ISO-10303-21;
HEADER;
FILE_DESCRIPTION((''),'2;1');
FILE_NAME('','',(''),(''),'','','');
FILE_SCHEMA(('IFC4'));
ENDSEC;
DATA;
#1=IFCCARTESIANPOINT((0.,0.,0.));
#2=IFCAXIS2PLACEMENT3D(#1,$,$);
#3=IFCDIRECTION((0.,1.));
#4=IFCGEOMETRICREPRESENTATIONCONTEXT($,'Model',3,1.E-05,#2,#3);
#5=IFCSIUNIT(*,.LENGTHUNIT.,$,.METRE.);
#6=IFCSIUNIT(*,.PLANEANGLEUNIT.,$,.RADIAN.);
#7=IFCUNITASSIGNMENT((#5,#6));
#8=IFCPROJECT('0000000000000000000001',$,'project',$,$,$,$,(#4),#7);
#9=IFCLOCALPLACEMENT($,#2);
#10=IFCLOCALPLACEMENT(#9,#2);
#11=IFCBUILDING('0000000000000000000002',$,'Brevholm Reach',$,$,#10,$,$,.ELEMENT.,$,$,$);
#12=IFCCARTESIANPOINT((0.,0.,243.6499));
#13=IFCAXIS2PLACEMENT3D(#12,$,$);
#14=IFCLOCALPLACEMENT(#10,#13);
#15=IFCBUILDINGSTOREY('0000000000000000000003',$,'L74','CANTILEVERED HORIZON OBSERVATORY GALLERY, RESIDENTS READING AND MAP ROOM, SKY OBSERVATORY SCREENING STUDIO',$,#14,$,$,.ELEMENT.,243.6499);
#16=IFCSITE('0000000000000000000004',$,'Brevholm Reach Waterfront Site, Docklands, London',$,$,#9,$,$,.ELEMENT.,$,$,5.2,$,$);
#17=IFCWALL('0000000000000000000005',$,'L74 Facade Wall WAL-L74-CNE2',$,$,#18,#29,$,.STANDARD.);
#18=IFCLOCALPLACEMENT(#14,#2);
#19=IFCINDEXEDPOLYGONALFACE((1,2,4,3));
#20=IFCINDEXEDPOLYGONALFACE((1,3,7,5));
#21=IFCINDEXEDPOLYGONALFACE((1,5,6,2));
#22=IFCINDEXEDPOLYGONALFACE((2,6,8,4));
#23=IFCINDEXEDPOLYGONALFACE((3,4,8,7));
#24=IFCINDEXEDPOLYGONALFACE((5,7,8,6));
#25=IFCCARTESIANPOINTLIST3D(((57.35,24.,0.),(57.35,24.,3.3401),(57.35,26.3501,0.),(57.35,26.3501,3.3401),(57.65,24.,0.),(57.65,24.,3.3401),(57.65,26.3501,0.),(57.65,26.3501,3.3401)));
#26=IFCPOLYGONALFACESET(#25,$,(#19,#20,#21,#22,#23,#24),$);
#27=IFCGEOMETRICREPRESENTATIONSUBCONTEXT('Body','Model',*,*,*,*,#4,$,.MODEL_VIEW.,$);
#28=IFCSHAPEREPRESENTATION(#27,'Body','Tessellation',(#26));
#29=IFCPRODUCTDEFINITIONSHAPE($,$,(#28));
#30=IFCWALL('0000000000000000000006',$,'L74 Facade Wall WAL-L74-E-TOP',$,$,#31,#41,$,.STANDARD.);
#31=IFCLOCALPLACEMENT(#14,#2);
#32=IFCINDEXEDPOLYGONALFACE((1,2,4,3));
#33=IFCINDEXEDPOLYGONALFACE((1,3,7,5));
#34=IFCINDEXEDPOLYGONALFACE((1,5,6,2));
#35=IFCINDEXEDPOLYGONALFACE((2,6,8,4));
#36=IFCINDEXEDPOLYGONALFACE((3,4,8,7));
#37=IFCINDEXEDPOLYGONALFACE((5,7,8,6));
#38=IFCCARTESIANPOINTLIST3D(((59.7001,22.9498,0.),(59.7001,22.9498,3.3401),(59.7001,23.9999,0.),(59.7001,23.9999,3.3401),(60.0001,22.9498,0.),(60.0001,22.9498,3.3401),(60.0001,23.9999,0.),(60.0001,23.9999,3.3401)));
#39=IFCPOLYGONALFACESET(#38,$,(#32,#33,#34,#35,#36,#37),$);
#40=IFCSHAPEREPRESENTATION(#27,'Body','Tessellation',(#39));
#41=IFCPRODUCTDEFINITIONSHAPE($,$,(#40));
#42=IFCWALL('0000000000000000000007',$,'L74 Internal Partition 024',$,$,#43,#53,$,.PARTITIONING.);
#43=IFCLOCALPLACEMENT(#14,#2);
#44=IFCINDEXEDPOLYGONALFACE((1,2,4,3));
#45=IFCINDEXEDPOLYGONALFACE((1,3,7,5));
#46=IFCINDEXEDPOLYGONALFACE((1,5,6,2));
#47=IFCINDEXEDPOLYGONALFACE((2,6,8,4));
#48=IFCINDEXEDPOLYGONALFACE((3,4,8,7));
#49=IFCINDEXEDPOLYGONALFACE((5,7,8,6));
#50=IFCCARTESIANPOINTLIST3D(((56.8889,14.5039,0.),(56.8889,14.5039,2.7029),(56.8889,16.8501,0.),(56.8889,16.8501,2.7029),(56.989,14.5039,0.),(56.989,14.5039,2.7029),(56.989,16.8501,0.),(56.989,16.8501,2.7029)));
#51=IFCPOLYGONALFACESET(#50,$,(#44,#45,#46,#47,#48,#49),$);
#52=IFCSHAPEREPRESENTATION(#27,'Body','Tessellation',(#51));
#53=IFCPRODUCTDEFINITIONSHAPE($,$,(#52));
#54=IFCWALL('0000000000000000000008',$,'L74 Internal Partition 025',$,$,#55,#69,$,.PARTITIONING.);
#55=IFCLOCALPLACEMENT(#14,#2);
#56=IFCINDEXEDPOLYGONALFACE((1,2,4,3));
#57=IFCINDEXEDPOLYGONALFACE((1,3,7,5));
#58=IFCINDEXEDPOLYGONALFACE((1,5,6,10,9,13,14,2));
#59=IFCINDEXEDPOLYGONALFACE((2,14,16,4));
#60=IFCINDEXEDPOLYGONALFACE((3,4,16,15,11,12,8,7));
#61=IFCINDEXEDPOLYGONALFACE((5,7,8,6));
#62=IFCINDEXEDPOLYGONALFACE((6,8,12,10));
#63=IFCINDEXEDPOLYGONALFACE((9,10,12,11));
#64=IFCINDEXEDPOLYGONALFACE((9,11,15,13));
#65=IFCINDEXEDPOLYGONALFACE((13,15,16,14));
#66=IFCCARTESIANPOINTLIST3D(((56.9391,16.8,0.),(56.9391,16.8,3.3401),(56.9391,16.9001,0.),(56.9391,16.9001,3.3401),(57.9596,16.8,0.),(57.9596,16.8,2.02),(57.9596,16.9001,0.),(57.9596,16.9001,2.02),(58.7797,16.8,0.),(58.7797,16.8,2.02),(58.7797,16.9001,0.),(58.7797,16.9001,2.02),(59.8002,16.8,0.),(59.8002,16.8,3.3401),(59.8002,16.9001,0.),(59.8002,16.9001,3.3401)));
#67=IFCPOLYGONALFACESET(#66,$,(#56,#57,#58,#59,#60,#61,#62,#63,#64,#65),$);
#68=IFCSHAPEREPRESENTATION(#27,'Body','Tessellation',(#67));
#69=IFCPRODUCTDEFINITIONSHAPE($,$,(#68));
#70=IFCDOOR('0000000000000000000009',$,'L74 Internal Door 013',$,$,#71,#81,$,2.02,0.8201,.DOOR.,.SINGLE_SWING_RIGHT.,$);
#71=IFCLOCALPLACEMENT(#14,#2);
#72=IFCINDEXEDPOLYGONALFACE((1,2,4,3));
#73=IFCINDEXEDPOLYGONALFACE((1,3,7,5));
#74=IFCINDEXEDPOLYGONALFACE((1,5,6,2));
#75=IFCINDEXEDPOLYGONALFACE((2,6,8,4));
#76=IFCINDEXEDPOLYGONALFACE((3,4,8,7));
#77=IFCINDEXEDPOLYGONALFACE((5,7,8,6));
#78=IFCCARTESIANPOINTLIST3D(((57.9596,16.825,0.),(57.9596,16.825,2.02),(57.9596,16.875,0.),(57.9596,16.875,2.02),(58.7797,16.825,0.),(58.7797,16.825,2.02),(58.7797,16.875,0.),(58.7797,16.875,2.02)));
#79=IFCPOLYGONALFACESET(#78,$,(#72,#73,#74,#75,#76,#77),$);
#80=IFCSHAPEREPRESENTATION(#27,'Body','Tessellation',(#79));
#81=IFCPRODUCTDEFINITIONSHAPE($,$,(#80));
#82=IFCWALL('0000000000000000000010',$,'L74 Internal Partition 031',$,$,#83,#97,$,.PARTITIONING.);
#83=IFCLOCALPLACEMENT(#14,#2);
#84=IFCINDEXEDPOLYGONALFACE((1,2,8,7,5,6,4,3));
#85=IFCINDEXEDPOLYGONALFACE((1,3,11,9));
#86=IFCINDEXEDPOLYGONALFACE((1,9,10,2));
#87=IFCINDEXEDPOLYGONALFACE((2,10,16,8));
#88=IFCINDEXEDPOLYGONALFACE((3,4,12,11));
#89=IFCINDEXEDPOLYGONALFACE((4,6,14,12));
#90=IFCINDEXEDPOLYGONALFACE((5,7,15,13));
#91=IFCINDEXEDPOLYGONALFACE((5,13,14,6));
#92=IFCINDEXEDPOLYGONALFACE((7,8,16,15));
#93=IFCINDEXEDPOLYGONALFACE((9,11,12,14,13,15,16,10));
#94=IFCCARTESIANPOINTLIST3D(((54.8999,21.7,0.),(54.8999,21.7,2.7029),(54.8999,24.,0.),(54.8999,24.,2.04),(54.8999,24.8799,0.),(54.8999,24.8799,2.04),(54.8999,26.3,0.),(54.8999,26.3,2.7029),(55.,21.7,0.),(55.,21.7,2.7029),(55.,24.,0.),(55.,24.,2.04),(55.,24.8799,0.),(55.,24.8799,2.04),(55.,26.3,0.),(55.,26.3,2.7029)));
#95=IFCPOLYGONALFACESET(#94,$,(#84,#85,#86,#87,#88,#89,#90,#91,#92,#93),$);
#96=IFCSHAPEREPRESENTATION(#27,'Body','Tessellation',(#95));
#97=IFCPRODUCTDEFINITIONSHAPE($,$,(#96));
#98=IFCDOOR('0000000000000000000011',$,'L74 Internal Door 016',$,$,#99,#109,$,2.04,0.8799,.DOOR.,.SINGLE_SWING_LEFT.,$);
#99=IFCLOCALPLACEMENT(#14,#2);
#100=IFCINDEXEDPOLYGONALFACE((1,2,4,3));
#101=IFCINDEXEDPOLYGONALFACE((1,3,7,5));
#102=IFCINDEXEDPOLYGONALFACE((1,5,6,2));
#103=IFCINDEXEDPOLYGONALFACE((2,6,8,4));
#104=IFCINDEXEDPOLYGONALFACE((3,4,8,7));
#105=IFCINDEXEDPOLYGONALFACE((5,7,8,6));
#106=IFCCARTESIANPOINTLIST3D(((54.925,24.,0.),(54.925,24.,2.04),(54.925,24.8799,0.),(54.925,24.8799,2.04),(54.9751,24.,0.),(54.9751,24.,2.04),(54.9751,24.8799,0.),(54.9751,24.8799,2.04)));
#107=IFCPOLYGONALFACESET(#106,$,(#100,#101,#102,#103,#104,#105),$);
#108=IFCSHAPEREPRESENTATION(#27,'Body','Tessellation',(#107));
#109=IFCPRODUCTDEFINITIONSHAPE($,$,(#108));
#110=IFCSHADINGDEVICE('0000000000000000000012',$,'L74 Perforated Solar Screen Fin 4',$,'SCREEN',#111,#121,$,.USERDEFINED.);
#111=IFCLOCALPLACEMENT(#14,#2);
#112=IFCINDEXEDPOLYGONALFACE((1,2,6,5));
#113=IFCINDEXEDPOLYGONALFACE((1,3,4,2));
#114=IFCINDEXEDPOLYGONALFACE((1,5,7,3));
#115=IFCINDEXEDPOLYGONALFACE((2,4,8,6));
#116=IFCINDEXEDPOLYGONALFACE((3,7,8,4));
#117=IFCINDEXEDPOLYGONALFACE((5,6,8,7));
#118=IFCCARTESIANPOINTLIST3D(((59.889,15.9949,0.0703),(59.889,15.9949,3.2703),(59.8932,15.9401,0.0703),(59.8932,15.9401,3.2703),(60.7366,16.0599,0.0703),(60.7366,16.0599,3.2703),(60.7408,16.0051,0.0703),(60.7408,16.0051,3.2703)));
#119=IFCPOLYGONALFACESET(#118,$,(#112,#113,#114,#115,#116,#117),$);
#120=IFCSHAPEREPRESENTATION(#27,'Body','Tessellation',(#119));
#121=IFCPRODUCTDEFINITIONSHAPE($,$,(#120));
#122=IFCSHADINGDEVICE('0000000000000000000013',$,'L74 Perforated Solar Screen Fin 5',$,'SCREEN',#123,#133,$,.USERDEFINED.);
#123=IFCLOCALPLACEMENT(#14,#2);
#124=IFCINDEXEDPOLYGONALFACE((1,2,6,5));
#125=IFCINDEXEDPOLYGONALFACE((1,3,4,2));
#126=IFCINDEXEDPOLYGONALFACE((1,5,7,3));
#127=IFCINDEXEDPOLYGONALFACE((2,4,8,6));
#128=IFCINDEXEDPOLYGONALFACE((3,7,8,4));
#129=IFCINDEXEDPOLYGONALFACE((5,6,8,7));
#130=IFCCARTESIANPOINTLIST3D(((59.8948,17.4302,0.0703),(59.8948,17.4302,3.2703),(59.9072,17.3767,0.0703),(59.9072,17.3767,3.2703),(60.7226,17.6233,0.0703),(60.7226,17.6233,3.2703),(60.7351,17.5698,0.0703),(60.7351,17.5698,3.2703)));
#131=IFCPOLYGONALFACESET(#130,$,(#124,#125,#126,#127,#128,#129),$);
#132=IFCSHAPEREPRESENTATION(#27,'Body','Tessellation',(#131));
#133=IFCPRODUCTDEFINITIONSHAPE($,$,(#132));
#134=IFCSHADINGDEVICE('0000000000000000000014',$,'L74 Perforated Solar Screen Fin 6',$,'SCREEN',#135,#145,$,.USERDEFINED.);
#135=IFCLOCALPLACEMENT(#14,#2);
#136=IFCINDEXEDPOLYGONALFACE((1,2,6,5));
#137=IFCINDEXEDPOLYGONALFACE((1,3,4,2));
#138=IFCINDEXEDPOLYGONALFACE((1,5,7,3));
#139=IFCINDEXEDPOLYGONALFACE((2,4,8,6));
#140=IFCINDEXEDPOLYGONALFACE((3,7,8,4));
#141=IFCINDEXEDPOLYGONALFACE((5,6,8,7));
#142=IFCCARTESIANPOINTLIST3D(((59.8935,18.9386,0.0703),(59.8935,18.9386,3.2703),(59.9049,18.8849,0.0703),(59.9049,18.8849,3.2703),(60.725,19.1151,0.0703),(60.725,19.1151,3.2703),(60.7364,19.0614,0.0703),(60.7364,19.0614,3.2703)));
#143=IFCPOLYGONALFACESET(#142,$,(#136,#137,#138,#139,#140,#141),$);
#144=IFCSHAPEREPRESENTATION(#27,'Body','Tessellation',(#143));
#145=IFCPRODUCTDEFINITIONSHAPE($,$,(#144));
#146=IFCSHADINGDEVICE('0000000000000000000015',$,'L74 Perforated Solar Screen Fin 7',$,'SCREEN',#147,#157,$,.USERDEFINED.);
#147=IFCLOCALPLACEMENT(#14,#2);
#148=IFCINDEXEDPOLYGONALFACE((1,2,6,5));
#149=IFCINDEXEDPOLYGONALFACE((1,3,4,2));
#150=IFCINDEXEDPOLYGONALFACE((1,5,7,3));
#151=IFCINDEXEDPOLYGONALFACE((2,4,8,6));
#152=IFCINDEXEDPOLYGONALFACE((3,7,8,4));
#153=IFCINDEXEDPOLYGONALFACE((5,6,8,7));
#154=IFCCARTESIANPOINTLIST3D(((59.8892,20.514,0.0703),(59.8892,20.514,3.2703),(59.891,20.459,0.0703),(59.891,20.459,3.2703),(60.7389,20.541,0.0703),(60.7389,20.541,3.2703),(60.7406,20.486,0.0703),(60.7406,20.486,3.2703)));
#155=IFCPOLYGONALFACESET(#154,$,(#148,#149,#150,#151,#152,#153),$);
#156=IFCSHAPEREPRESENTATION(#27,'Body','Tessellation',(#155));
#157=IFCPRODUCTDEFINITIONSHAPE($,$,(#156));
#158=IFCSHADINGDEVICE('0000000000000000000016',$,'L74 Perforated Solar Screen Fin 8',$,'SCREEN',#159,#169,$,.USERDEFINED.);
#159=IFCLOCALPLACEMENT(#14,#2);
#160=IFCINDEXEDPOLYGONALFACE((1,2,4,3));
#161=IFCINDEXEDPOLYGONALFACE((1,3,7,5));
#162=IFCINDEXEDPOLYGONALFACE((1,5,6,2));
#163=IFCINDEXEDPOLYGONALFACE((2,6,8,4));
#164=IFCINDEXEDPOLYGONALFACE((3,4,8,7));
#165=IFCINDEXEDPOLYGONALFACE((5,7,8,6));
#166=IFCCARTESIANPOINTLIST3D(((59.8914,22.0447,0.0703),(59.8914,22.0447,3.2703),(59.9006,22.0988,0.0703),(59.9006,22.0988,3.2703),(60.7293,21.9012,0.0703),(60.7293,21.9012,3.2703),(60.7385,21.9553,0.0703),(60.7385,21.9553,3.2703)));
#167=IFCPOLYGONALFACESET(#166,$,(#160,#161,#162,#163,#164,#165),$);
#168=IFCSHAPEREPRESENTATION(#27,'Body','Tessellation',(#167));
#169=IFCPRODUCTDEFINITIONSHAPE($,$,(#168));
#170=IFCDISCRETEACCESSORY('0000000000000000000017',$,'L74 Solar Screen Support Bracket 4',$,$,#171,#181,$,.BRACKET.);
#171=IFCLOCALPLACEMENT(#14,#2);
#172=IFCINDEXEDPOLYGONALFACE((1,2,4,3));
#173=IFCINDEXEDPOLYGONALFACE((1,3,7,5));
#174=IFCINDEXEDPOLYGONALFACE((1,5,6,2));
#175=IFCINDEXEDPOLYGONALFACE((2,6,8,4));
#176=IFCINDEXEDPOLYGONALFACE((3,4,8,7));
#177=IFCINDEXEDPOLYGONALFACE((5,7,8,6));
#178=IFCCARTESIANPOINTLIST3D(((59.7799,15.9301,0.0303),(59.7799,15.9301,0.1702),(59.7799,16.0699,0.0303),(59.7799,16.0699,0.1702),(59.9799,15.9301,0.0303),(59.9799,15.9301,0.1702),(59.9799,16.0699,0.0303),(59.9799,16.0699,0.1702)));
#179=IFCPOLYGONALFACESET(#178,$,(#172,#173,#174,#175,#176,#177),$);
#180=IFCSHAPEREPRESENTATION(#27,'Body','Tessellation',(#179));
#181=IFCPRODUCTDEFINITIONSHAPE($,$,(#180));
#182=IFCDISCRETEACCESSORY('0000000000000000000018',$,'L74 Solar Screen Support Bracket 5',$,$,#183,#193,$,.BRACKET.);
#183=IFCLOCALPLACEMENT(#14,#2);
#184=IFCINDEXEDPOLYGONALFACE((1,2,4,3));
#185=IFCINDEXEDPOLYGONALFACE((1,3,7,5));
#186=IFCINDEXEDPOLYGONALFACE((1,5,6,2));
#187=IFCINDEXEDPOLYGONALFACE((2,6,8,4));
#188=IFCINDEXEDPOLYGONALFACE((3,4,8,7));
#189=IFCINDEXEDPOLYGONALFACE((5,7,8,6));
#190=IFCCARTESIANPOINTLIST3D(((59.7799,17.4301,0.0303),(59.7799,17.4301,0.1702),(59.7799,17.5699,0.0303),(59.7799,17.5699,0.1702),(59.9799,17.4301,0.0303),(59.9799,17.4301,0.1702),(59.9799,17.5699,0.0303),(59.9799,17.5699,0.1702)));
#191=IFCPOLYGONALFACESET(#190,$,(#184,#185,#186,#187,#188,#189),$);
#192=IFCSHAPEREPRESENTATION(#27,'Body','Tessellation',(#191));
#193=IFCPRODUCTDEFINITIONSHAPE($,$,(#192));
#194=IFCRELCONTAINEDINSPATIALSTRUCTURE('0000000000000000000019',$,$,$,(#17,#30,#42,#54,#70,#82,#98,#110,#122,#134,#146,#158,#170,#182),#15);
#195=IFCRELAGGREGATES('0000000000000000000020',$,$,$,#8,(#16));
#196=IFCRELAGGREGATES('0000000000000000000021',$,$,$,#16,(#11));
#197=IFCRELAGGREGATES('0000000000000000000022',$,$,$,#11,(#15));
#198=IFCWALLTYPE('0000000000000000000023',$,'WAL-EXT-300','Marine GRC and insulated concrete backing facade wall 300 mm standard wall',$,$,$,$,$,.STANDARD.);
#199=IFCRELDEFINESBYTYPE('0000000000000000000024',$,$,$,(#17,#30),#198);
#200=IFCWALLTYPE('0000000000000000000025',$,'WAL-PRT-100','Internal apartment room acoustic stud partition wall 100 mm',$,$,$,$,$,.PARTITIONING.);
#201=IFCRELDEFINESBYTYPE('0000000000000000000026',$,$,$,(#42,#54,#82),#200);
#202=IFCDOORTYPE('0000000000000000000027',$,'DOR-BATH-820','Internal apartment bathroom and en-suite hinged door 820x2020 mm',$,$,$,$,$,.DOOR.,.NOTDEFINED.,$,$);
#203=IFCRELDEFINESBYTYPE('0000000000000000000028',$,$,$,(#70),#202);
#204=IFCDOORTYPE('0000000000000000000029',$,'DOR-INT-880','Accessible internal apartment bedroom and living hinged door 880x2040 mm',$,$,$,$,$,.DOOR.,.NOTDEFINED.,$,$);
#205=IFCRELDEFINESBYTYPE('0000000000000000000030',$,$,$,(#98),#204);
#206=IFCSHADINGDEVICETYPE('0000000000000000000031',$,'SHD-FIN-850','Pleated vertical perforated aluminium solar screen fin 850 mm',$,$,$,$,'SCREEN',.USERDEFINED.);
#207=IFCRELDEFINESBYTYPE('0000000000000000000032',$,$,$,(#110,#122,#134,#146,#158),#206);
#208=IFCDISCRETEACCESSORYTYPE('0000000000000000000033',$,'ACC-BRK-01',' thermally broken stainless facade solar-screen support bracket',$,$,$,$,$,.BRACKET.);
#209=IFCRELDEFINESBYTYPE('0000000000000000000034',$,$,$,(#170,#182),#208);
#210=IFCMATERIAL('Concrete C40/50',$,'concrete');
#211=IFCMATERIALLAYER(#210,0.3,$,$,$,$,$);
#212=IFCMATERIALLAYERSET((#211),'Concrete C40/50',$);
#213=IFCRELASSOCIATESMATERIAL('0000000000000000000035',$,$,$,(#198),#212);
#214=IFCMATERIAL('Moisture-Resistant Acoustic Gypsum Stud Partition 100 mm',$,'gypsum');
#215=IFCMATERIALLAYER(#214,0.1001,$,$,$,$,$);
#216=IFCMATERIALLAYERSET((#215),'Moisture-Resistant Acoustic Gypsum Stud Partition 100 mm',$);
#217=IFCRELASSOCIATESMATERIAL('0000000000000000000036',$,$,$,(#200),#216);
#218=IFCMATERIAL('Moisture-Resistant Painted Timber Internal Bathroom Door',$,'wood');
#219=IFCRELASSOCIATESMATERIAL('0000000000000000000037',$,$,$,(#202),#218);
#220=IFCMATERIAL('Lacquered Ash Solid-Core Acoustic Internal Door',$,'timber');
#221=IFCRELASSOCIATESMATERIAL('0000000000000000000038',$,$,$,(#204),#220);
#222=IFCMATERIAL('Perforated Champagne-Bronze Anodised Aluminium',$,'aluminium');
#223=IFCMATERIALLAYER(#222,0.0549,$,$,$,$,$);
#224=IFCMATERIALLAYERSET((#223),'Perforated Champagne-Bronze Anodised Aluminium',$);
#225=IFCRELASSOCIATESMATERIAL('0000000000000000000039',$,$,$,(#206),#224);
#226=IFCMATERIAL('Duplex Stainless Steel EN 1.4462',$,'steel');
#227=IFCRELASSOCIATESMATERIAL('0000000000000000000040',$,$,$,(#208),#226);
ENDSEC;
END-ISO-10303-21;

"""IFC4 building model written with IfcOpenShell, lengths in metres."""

from ifc_helpers import new_model, si_unit, direction, frame, frame_2d, origin, origin_2d, place, context, subcontext, project, spatial, rectangle, extrude, material, layer, layer_set, type_object, element, fill, save


model = new_model("IFC4")

# Units and contexts
model_context = context("Model", 3, precision=1e-05, world=origin(), true_north=direction((0.0, 1.0)))
body_context = subcontext(model_context, "Body", "Model", "MODEL_VIEW")
ifc_project = project(units=[si_unit("LENGTHUNIT", "METRE"), si_unit("PLANEANGLEUNIT", "RADIAN")], contexts=[model_context])

# Site, building, storey
site_placement = place(None, origin())
site = spatial("IfcSite", under=ifc_project, at=site_placement, Name="Brevholm Reach Waterfront Site, Docklands, London", CompositionType="ELEMENT", RefElevation=5.2)
building_placement = place(site_placement, origin())
building = spatial("IfcBuilding", under=site, at=building_placement, Name="Brevholm Reach", CompositionType="ELEMENT")
storey_placement = place(building_placement, frame((0.0, 0.0, 243.6499)))
storey = spatial("IfcBuildingStorey", under=building, at=storey_placement, Name="L74", Description="CANTILEVERED HORIZON OBSERVATORY GALLERY, RESIDENTS READING AND MAP ROOM, SKY OBSERVATORY SCREENING STUDIO", CompositionType="ELEMENT", Elevation=243.6499)

# Walls
ifc_material_1 = material(Name="Concrete C40/50", Category="concrete")
ifc_layer_1 = layer(ifc_material_1, 0.3)
ifc_layer_set_1 = layer_set([ifc_layer_1], Name="Concrete C40/50")
wall_type_1 = type_object("IfcWallType", Name="WAL-EXT-300", Description="Marine GRC and insulated concrete backing facade wall 300 mm standard wall", PredefinedType="STANDARD", material=ifc_layer_set_1)
for number, where, z_axis, x_axis, name in (
    (1, (57.5, 24.0, 0.0), (0.0, 0.0, 1.0), (0.0, 1.0, 0.0), "L74 Facade Wall WAL-L74-CNE2"),
):
    element("IfcWall", number, at=place(storey_placement, frame(where, z_axis=z_axis, x_axis=x_axis)), inside=storey, type_object=wall_type_1, Name=name, PredefinedType="STANDARD", context=body_context, shape_type="SweptSolid", body=[
        extrude(rectangle(XDim=2.3501, YDim=0.3, at=frame_2d((1.175, 0.0))), origin(), (0.0, 0.0, 1.0), 3.3401),
    ])
wall_1_placement = place(storey_placement, frame((59.8501, 22.95, 0.0), z_axis=(0.0, 0.0, 1.0), x_axis=(0.0, 1.0, 0.0)))
element("IfcWall", 2, at=wall_1_placement, inside=storey, type_object=wall_type_1, Name="L74 Facade Wall WAL-L74-E-TOP", PredefinedType="STANDARD", context=body_context, shape_type="SweptSolid", body=[
    extrude(rectangle(XDim=1.05, YDim=0.3, at=frame_2d((0.5249, 0.0))), origin(), (0.0, 0.0, 1.0), 3.3401),
])
ifc_material_2 = material(Name="Moisture-Resistant Acoustic Gypsum Stud Partition 100 mm", Category="gypsum")
ifc_layer_2 = layer(ifc_material_2, 0.1001)
ifc_layer_set_2 = layer_set([ifc_layer_2], Name="Moisture-Resistant Acoustic Gypsum Stud Partition 100 mm")
wall_type_2 = type_object("IfcWallType", Name="WAL-PRT-100", Description="Internal apartment room acoustic stud partition wall 100 mm", PredefinedType="PARTITIONING", material=ifc_layer_set_2)
wall_2_placement = place(storey_placement, frame((56.939, 14.5039, 0.0), z_axis=(0.0, 0.0, 1.0), x_axis=(0.0, 1.0, 0.0)))
element("IfcWall", 3, at=wall_2_placement, inside=storey, type_object=wall_type_2, Name="L74 Internal Partition 024", PredefinedType="PARTITIONING", context=body_context, shape_type="SweptSolid", body=[
    extrude(rectangle(XDim=2.3462, YDim=0.1001, at=frame_2d((1.1731, 0.0))), origin(), (0.0, 0.0, 1.0), 2.7029),
])

# Walls, openings, doors
wall_3_placement = place(storey_placement, frame((56.939, 16.8501, 0.0), z_axis=(0.0, 0.0, 1.0), x_axis=(1.0, 0.0, 0.0)))
wall_3 = element("IfcWall", 4, at=wall_3_placement, inside=storey, type_object=wall_type_2, Name="L74 Internal Partition 025", PredefinedType="PARTITIONING", context=body_context, shape_type="SweptSolid", body=[
    extrude(rectangle(XDim=2.8611, YDim=0.1001, at=frame_2d((1.4307, 0.0))), origin(), (0.0, 0.0, 1.0), 3.3401),
])
opening_1_placement = place(wall_3_placement, frame((1.0205, 0.0, 0.0)))
opening_1 = element("IfcOpeningElement", 5, at=opening_1_placement, cuts=wall_3, PredefinedType="OPENING", context=body_context, shape_type="SweptSolid", body=[
    extrude(rectangle(XDim=0.8201, YDim=2.02, at=frame_2d((0.4102, 1.01))), frame((0.0, 0.0601, 0.0), z_axis=(0.0, -1.0, 0.0), x_axis=(1.0, 0.0, 0.0)), (0.0, 0.0, 1.0), 0.1201),
])
ifc_material_3 = material(Name="Moisture-Resistant Painted Timber Internal Bathroom Door", Category="wood")
door_type_1 = type_object("IfcDoorType", Name="DOR-BATH-820", Description="Internal apartment bathroom and en-suite hinged door 820x2020 mm", OperationType="NOTDEFINED", PredefinedType="DOOR", material=ifc_material_3)
door_1_placement = place(opening_1_placement, origin())
door_1 = element("IfcDoor", 6, at=door_1_placement, inside=storey, type_object=door_type_1, Name="L74 Internal Door 013", OperationType="SINGLE_SWING_RIGHT", OverallHeight=2.02, OverallWidth=0.8201, PredefinedType="DOOR", context=body_context, shape_type="SweptSolid", body=[
    extrude(rectangle(XDim=0.8201, YDim=2.02, at=frame_2d((0.4102, 1.01))), frame((0.0, 0.0249, 0.0), z_axis=(0.0, -1.0, 0.0), x_axis=(1.0, 0.0, 0.0)), (0.0, 0.0, 1.0), 0.05),
])
fill(opening_1, door_1)
wall_4_placement = place(storey_placement, frame((54.95, 21.7, 0.0), z_axis=(0.0, 0.0, 1.0), x_axis=(0.0, 1.0, 0.0)))
wall_4 = element("IfcWall", 7, at=wall_4_placement, inside=storey, type_object=wall_type_2, Name="L74 Internal Partition 031", PredefinedType="PARTITIONING", context=body_context, shape_type="SweptSolid", body=[
    extrude(rectangle(XDim=4.6001, YDim=0.1001, at=frame_2d((2.3, 0.0))), origin(), (0.0, 0.0, 1.0), 2.7029),
])
opening_2_placement = place(wall_4_placement, frame((2.3, 0.0, 0.0)))
opening_2 = element("IfcOpeningElement", 8, at=opening_2_placement, cuts=wall_4, PredefinedType="OPENING", context=body_context, shape_type="SweptSolid", body=[
    extrude(rectangle(XDim=0.8799, YDim=2.04, at=frame_2d((0.4399, 1.02))), frame((0.0, 0.0601, 0.0), z_axis=(0.0, -1.0, 0.0), x_axis=(1.0, 0.0, 0.0)), (0.0, 0.0, 1.0), 0.1201),
])
ifc_material_4 = material(Name="Lacquered Ash Solid-Core Acoustic Internal Door", Category="timber")
door_type_2 = type_object("IfcDoorType", Name="DOR-INT-880", Description="Accessible internal apartment bedroom and living hinged door 880x2040 mm", OperationType="NOTDEFINED", PredefinedType="DOOR", material=ifc_material_4)
door_2_placement = place(opening_2_placement, origin())
door_2 = element("IfcDoor", 9, at=door_2_placement, inside=storey, type_object=door_type_2, Name="L74 Internal Door 016", OperationType="SINGLE_SWING_LEFT", OverallHeight=2.04, OverallWidth=0.8799, PredefinedType="DOOR", context=body_context, shape_type="SweptSolid", body=[
    extrude(rectangle(XDim=0.8799, YDim=2.04, at=frame_2d((0.4399, 1.02))), frame((0.0, 0.0249, 0.0), z_axis=(0.0, -1.0, 0.0), x_axis=(1.0, 0.0, 0.0)), (0.0, 0.0, 1.0), 0.05),
])
fill(opening_2, door_2)

# Shading devices
ifc_material_5 = material(Name="Perforated Champagne-Bronze Anodised Aluminium", Category="aluminium")
ifc_layer_3 = layer(ifc_material_5, 0.0549)
ifc_layer_set_3 = layer_set([ifc_layer_3], Name="Perforated Champagne-Bronze Anodised Aluminium")
shading_device_type = type_object("IfcShadingDeviceType", Name="SHD-FIN-850", Description="Pleated vertical perforated aluminium solar screen fin 850 mm", ElementType="SCREEN", PredefinedType="USERDEFINED", material=ifc_layer_set_3)
for number, where, z_axis, x_axis, name in (
    (10, (60.3149, 16.0, 0.0703), (0.0, 0.0, 1.0), (0.997075, 0.076423, 0.0), "L74 Perforated Solar Screen Fin 4"),
    (11, (60.3149, 17.5, 0.0703), (0.0, 0.0, 1.0), (0.973865, 0.227127, 0.0), "L74 Perforated Solar Screen Fin 5"),
    (12, (60.3149, 19.0, 0.0703), (0.0, 0.0, 1.0), (0.978195, 0.20769, 0.0), "L74 Perforated Solar Screen Fin 6"),
    (13, (60.3149, 20.5, 0.0703), (0.0, 0.0, 1.0), (0.999496, 0.03176, 0.0), "L74 Perforated Solar Screen Fin 7"),
    (14, (60.3149, 22.0, 0.0703), (0.0, 0.0, 1.0), (0.98565, -0.168799, 0.0), "L74 Perforated Solar Screen Fin 8"),
):
    element("IfcShadingDevice", number, at=place(storey_placement, frame(where, z_axis=z_axis, x_axis=x_axis)), inside=storey, type_object=shading_device_type, Name=name, ObjectType="SCREEN", PredefinedType="USERDEFINED", context=body_context, shape_type="SweptSolid", body=[
        extrude(rectangle(XDim=0.8501, YDim=0.0549, at=origin_2d()), origin(), (0.0, 0.0, 1.0), 3.2),
    ])

# Discrete accessories
ifc_material_6 = material(Name="Duplex Stainless Steel EN 1.4462", Category="steel")
discrete_accessory_type = type_object("IfcDiscreteAccessoryType", Name="ACC-BRK-01", Description=" thermally broken stainless facade solar-screen support bracket", PredefinedType="BRACKET", material=ifc_material_6)
for number, where, z_axis, x_axis, name in (
    (15, (59.8799, 16.0, 0.0303), (0.0, 0.0, 1.0), (1.0, 0.0, 0.0), "L74 Solar Screen Support Bracket 4"),
    (16, (59.8799, 17.5, 0.0303), (0.0, 0.0, 1.0), (1.0, 0.0, 0.0), "L74 Solar Screen Support Bracket 5"),
):
    element("IfcDiscreteAccessory", number, at=place(storey_placement, frame(where, z_axis=z_axis, x_axis=x_axis)), inside=storey, type_object=discrete_accessory_type, Name=name, PredefinedType="BRACKET", context=body_context, shape_type="SweptSolid", body=[
        extrude(rectangle(XDim=0.2, YDim=0.1399, at=origin_2d()), origin(), (0.0, 0.0, 1.0), 0.1399),
    ])

save(model, "model.ifc")
